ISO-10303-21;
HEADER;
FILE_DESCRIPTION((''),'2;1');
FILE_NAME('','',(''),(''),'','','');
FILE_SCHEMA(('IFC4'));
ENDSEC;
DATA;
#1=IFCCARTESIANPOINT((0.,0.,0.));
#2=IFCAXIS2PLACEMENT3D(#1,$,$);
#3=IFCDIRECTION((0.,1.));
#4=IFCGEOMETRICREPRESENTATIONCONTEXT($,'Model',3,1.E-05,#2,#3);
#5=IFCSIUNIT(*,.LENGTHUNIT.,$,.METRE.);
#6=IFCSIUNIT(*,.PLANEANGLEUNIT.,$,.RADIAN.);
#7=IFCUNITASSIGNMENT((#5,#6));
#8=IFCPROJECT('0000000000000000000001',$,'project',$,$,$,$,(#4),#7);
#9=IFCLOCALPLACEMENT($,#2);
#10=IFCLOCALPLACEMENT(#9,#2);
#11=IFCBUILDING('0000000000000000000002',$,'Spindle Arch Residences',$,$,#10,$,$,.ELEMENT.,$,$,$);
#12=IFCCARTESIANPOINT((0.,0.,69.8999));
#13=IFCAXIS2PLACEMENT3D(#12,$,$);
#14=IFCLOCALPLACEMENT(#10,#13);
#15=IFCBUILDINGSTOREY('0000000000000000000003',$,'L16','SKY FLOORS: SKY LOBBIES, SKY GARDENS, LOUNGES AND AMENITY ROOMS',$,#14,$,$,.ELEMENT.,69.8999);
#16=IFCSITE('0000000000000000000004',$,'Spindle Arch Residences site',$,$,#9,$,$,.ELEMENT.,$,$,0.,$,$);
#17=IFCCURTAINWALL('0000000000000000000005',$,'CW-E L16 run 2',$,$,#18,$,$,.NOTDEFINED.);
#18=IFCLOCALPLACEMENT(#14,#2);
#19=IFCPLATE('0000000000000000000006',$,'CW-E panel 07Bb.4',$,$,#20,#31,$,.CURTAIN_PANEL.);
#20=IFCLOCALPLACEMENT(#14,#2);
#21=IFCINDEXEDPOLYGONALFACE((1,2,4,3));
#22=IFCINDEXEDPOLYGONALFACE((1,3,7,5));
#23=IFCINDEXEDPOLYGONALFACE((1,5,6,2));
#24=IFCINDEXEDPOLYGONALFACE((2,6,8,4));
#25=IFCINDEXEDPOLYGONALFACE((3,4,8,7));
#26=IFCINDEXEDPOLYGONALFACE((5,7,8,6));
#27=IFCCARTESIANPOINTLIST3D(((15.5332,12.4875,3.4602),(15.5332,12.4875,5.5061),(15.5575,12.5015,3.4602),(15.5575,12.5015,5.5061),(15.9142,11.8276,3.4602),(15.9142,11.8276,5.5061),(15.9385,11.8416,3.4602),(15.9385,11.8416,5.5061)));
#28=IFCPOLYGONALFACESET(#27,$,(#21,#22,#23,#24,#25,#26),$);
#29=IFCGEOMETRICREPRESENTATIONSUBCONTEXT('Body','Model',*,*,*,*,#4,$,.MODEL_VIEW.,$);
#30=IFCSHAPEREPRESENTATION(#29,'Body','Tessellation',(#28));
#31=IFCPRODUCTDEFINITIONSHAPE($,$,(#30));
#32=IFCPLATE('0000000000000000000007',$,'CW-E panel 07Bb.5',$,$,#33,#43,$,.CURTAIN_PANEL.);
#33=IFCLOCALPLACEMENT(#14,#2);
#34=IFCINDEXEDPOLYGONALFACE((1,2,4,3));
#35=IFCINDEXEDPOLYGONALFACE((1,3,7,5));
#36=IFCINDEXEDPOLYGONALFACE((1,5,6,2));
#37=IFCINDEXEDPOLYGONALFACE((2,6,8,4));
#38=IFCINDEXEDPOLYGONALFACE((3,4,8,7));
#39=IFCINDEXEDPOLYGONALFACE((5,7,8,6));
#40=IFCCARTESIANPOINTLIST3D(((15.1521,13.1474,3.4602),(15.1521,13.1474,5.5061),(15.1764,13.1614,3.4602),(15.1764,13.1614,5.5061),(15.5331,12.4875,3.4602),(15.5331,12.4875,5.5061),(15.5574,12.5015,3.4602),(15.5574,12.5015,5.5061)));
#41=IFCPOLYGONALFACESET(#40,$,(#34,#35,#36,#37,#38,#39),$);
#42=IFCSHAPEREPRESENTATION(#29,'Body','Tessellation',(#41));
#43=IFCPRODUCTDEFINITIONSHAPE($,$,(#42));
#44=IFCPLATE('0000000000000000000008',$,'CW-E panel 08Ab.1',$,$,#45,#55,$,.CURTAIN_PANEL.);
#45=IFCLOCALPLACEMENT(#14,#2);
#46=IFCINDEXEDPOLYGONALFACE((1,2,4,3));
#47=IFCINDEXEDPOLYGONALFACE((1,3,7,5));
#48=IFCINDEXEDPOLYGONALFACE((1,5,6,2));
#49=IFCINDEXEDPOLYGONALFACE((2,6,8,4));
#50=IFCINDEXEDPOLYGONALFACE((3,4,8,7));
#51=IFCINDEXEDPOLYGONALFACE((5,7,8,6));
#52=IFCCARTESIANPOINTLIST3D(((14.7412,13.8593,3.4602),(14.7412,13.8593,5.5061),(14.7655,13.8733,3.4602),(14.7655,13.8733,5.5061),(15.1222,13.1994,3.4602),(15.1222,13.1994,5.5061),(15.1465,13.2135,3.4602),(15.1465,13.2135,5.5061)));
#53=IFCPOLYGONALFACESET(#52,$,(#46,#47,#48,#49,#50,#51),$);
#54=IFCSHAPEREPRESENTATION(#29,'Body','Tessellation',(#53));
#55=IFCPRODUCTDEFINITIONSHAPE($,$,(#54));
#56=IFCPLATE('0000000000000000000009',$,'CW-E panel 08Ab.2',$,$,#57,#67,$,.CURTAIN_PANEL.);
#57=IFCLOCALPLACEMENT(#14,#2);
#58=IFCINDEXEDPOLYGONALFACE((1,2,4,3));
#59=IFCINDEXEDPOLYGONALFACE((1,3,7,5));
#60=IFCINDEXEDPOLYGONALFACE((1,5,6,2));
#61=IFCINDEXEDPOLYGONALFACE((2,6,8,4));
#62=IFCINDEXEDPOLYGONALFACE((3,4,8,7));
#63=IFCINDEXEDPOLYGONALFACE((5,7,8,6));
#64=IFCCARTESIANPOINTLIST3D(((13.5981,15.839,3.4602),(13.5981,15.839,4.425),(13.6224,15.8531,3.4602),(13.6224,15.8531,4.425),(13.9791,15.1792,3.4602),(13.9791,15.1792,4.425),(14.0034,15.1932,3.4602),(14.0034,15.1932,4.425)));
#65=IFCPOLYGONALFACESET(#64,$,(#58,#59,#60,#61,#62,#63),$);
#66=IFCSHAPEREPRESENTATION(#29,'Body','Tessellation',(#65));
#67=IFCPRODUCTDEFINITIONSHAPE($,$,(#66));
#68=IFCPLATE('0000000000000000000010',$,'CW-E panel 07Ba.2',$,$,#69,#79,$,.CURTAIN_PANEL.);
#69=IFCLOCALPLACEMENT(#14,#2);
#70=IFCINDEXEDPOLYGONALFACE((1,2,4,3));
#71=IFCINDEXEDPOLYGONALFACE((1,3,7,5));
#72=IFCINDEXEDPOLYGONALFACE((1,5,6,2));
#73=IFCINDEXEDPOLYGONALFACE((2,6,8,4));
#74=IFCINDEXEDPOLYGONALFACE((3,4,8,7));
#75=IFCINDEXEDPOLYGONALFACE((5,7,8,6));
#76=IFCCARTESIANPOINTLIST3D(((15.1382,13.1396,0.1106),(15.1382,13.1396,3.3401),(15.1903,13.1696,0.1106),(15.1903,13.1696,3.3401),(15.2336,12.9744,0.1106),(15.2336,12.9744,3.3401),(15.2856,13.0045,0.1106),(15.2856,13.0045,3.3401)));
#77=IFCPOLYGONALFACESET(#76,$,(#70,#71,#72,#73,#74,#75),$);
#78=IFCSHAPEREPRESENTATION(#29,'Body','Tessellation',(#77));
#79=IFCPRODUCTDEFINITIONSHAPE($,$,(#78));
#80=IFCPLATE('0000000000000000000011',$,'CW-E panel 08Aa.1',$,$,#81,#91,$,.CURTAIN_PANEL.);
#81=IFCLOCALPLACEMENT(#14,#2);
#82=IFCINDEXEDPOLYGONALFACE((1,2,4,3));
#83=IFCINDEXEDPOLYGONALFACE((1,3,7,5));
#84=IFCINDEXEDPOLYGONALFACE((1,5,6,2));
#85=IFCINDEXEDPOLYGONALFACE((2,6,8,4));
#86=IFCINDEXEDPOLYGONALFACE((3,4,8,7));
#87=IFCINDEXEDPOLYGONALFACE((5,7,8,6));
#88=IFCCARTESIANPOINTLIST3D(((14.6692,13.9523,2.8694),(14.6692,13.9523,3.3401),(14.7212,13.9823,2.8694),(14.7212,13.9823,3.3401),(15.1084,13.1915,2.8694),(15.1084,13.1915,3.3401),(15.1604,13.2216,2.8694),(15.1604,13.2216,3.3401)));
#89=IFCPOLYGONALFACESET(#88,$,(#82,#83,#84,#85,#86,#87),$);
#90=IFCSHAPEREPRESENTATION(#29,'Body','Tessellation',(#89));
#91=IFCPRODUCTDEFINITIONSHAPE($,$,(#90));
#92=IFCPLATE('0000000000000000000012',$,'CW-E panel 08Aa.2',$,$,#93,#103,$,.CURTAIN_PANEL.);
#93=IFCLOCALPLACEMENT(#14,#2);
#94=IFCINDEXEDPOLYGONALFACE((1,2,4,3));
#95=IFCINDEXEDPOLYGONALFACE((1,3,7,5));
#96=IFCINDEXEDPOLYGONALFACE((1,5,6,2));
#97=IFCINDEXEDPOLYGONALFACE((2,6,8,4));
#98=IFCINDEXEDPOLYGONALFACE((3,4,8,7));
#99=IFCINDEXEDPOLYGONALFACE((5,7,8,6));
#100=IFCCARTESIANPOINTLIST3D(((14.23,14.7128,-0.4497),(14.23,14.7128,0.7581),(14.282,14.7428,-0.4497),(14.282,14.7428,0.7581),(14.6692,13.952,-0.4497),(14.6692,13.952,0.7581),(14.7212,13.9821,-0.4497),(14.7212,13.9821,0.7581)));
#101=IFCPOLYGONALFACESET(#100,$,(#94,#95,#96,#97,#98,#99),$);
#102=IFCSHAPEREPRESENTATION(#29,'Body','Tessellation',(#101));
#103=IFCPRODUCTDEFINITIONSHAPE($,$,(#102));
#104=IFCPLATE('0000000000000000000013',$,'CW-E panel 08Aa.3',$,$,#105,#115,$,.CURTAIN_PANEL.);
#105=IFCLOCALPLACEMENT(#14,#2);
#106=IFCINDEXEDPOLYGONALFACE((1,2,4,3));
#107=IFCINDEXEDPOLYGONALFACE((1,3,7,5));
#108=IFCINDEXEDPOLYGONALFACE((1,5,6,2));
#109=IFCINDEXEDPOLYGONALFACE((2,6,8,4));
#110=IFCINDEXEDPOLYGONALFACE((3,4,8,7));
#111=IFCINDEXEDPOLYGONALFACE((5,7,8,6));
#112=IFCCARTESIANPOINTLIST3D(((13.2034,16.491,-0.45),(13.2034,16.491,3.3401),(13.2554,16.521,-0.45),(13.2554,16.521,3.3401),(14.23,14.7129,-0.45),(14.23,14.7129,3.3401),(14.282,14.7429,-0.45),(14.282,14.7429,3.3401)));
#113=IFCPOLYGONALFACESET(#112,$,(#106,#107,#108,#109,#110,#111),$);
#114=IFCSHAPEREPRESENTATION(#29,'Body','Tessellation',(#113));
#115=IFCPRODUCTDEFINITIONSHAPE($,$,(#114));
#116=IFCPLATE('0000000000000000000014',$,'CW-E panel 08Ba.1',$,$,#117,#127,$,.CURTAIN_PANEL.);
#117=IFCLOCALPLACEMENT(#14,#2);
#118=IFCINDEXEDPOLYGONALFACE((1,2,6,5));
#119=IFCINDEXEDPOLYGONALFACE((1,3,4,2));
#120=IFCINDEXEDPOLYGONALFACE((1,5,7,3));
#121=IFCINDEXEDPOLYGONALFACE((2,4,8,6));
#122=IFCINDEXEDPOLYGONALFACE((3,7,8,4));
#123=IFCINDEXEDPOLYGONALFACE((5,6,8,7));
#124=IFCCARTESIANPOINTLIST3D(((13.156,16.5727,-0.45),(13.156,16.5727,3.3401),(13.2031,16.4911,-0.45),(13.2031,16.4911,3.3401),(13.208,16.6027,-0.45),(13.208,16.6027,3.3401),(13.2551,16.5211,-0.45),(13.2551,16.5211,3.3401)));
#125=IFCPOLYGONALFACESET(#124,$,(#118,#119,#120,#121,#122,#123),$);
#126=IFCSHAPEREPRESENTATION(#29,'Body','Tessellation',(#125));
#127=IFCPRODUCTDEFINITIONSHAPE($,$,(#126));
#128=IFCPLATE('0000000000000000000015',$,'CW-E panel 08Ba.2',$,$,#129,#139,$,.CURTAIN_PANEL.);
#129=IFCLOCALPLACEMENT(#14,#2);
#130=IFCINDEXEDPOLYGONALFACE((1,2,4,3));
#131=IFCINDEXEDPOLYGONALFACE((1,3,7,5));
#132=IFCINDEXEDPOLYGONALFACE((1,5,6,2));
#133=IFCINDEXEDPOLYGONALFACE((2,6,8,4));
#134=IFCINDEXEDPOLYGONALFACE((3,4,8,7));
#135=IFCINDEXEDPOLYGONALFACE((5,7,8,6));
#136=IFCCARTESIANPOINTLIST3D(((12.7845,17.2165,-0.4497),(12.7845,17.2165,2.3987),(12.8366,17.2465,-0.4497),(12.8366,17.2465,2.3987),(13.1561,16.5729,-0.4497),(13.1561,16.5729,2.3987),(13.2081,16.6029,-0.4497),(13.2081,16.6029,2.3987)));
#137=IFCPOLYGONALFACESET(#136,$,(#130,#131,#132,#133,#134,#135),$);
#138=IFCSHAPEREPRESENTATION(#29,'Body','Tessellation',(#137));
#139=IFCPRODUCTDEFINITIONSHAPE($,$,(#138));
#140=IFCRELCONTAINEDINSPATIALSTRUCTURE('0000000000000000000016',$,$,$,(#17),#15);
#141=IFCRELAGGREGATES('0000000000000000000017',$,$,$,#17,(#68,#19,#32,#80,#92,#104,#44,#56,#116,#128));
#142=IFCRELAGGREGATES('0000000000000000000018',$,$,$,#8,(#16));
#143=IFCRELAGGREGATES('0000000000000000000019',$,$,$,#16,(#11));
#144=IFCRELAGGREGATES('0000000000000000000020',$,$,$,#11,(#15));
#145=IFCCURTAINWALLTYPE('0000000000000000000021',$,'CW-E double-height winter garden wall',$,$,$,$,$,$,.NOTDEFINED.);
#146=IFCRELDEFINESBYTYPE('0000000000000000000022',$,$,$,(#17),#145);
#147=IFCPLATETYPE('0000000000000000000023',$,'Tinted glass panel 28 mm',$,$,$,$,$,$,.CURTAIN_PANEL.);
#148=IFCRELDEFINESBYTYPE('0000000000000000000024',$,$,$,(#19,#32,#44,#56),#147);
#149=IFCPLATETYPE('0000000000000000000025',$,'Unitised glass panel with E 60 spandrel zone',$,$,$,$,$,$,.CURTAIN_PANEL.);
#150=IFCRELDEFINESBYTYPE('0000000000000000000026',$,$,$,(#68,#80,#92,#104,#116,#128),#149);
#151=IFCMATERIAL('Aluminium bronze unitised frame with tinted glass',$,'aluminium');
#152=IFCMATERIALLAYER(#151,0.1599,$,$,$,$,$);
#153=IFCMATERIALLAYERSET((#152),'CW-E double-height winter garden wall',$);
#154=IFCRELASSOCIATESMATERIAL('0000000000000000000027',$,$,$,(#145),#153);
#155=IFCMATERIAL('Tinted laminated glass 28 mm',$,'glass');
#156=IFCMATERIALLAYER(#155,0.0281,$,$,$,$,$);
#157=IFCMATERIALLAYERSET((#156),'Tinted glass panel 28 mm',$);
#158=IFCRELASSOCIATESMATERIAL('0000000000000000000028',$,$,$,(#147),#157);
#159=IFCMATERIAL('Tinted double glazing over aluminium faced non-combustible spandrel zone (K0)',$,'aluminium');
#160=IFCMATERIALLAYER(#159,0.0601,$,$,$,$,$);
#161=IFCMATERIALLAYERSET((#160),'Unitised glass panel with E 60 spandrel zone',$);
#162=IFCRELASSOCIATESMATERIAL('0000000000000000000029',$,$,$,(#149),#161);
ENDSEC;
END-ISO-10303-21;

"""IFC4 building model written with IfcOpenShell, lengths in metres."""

from ifc_helpers import new_model, si_unit, direction, frame, origin, origin_2d, place, context, subcontext, project, spatial, rectangle, extrude, material, layer, layer_set, type_object, element, aggregate, save


model = new_model("IFC4")

# Units and contexts
model_context = context("Model", 3, precision=1e-05, world=origin(), true_north=direction((0.0, 1.0)))
body_context = subcontext(model_context, "Body", "Model", "MODEL_VIEW")
ifc_project = project(units=[si_unit("LENGTHUNIT", "METRE"), si_unit("PLANEANGLEUNIT", "RADIAN")], contexts=[model_context])

# Site, building, storey
site_placement = place(None, origin())
site = spatial("IfcSite", under=ifc_project, at=site_placement, Name="Spindle Arch Residences site", CompositionType="ELEMENT", RefElevation=0.0)
building_placement = place(site_placement, origin())
building = spatial("IfcBuilding", under=site, at=building_placement, Name="Spindle Arch Residences", CompositionType="ELEMENT")
storey_placement = place(building_placement, frame((0.0, 0.0, 69.8999)))
storey = spatial("IfcBuildingStorey", under=building, at=storey_placement, Name="L16", Description="SKY FLOORS: SKY LOBBIES, SKY GARDENS, LOUNGES AND AMENITY ROOMS", CompositionType="ELEMENT", Elevation=69.8999)

# Curtain wall, plates
ifc_material_1 = material(Name="Aluminium bronze unitised frame with tinted glass", Category="aluminium")
ifc_layer_1 = layer(ifc_material_1, 0.1599)
ifc_layer_set_1 = layer_set([ifc_layer_1], Name="CW-E double-height winter garden wall")
curtain_wall_type = type_object("IfcCurtainWallType", Name="CW-E double-height winter garden wall", PredefinedType="NOTDEFINED", material=ifc_layer_set_1)
curtain_wall_placement = place(storey_placement, origin())
curtain_wall = element("IfcCurtainWall", 1, at=curtain_wall_placement, inside=storey, type_object=curtain_wall_type, Name="CW-E L16 run 2", PredefinedType="NOTDEFINED")
ifc_material_2 = material(Name="Tinted laminated glass 28 mm", Category="glass")
ifc_layer_2 = layer(ifc_material_2, 0.0281)
ifc_layer_set_2 = layer_set([ifc_layer_2], Name="Tinted glass panel 28 mm")
plate_type_1 = type_object("IfcPlateType", Name="Tinted glass panel 28 mm", PredefinedType="CURTAIN_PANEL", material=ifc_layer_set_2)
plate_1_placement = place(storey_placement, frame((15.7358, 12.1646, 3.4602), z_axis=(0.0, 0.0, 1.0), x_axis=(-0.5, 0.866025, 0.0)))
plate_1 = element("IfcPlate", 2, at=plate_1_placement, type_object=plate_type_1, Name="CW-E panel 07Bb.4", PredefinedType="CURTAIN_PANEL", context=body_context, shape_type="SweptSolid", body=[
    extrude(rectangle(XDim=0.762, YDim=0.0281, at=origin_2d()), origin(), (0.0, 0.0, 1.0), 2.0459),
])
plate_2_placement = place(storey_placement, frame((15.3547, 12.8245, 3.4602), z_axis=(0.0, 0.0, 1.0), x_axis=(-0.5, 0.866025, 0.0)))
plate_2 = element("IfcPlate", 3, at=plate_2_placement, type_object=plate_type_1, Name="CW-E panel 07Bb.5", PredefinedType="CURTAIN_PANEL", context=body_context, shape_type="SweptSolid", body=[
    extrude(rectangle(XDim=0.762, YDim=0.0281, at=origin_2d()), origin(), (0.0, 0.0, 1.0), 2.0459),
])
plate_3_placement = place(storey_placement, frame((14.9438, 13.5364, 3.4602), z_axis=(0.0, 0.0, 1.0), x_axis=(-0.5, 0.866025, 0.0)))
plate_3 = element("IfcPlate", 4, at=plate_3_placement, type_object=plate_type_1, Name="CW-E panel 08Ab.1", PredefinedType="CURTAIN_PANEL", context=body_context, shape_type="SweptSolid", body=[
    extrude(rectangle(XDim=0.762, YDim=0.0281, at=origin_2d()), origin(), (0.0, 0.0, 1.0), 2.0459),
])
plate_4_placement = place(storey_placement, frame((13.8008, 15.5161, 3.4602), z_axis=(0.0, 0.0, 1.0), x_axis=(-0.5, 0.866025, 0.0)))
plate_4 = element("IfcPlate", 5, at=plate_4_placement, type_object=plate_type_1, Name="CW-E panel 08Ab.2", PredefinedType="CURTAIN_PANEL", context=body_context, shape_type="SweptSolid", body=[
    extrude(rectangle(XDim=0.762, YDim=0.0281, at=origin_2d()), origin(), (0.0, 0.0, 1.0), 0.9648),
])
ifc_material_3 = material(Name="Tinted double glazing over aluminium faced non-combustible spandrel zone (K0)", Category="aluminium")
ifc_layer_3 = layer(ifc_material_3, 0.0601)
ifc_layer_set_3 = layer_set([ifc_layer_3], Name="Unitised glass panel with E 60 spandrel zone")
plate_type_2 = type_object("IfcPlateType", Name="Unitised glass panel with E 60 spandrel zone", PredefinedType="CURTAIN_PANEL", material=ifc_layer_set_3)
plate_5_placement = place(storey_placement, frame((15.2119, 13.072, 0.1106), z_axis=(0.0, 0.0, 1.0), x_axis=(-0.5, 0.866025, 0.0)))
plate_5 = element("IfcPlate", 6, at=plate_5_placement, type_object=plate_type_2, Name="CW-E panel 07Ba.2", PredefinedType="CURTAIN_PANEL", context=body_context, shape_type="SweptSolid", body=[
    extrude(rectangle(XDim=0.1907, YDim=0.0601, at=origin_2d()), origin(), (0.0, 0.0, 1.0), 3.2295),
])
plate_6_placement = place(storey_placement, frame((14.9148, 13.5869, 2.8694), z_axis=(0.0, 0.0, 1.0), x_axis=(-0.5, 0.866025, 0.0)))
plate_6 = element("IfcPlate", 7, at=plate_6_placement, type_object=plate_type_2, Name="CW-E panel 08Aa.1", PredefinedType="CURTAIN_PANEL", context=body_context, shape_type="SweptSolid", body=[
    extrude(rectangle(XDim=0.8784, YDim=0.0601, at=origin_2d()), origin(), (0.0, 0.0, 1.0), 0.4707),
])
plate_7_placement = place(storey_placement, frame((14.4756, 14.3474, -0.4497), z_axis=(0.0, 0.0, 1.0), x_axis=(-0.5, 0.866025, 0.0)))
plate_7 = element("IfcPlate", 8, at=plate_7_placement, type_object=plate_type_2, Name="CW-E panel 08Aa.2", PredefinedType="CURTAIN_PANEL", context=body_context, shape_type="SweptSolid", body=[
    extrude(rectangle(XDim=0.8784, YDim=0.0601, at=origin_2d()), origin(), (0.0, 0.0, 1.0), 1.2078),
])
plate_8_placement = place(storey_placement, frame((13.7427, 15.6169, -0.45), z_axis=(0.0, 0.0, 1.0), x_axis=(-0.5, 0.866025, 0.0)))
plate_8 = element("IfcPlate", 9, at=plate_8_placement, type_object=plate_type_2, Name="CW-E panel 08Aa.3", PredefinedType="CURTAIN_PANEL", context=body_context, shape_type="SweptSolid", body=[
    extrude(rectangle(XDim=2.0532, YDim=0.0601, at=origin_2d()), origin(), (0.0, 0.0, 1.0), 3.79),
])
plate_9_placement = place(storey_placement, frame((13.2056, 16.5469, -0.45), z_axis=(0.0, 0.0, 1.0), x_axis=(-0.5, 0.866025, 0.0)))
plate_9 = element("IfcPlate", 10, at=plate_9_placement, type_object=plate_type_2, Name="CW-E panel 08Ba.1", PredefinedType="CURTAIN_PANEL", context=body_context, shape_type="SweptSolid", body=[
    extrude(rectangle(XDim=0.0942, YDim=0.0601, at=origin_2d()), origin(), (0.0, 0.0, 1.0), 3.79),
])
plate_10_placement = place(storey_placement, frame((12.9963, 16.9097, -0.4497), z_axis=(0.0, 0.0, 1.0), x_axis=(-0.5, 0.866025, 0.0)))
plate_10 = element("IfcPlate", 11, at=plate_10_placement, type_object=plate_type_2, Name="CW-E panel 08Ba.2", PredefinedType="CURTAIN_PANEL", context=body_context, shape_type="SweptSolid", body=[
    extrude(rectangle(XDim=0.7432, YDim=0.0601, at=origin_2d()), origin(), (0.0, 0.0, 1.0), 2.8484),
])
aggregate(curtain_wall, [plate_5, plate_1, plate_2, plate_6, plate_7, plate_8, plate_3, plate_4, plate_9, plate_10])

save(model, "model.ifc")
